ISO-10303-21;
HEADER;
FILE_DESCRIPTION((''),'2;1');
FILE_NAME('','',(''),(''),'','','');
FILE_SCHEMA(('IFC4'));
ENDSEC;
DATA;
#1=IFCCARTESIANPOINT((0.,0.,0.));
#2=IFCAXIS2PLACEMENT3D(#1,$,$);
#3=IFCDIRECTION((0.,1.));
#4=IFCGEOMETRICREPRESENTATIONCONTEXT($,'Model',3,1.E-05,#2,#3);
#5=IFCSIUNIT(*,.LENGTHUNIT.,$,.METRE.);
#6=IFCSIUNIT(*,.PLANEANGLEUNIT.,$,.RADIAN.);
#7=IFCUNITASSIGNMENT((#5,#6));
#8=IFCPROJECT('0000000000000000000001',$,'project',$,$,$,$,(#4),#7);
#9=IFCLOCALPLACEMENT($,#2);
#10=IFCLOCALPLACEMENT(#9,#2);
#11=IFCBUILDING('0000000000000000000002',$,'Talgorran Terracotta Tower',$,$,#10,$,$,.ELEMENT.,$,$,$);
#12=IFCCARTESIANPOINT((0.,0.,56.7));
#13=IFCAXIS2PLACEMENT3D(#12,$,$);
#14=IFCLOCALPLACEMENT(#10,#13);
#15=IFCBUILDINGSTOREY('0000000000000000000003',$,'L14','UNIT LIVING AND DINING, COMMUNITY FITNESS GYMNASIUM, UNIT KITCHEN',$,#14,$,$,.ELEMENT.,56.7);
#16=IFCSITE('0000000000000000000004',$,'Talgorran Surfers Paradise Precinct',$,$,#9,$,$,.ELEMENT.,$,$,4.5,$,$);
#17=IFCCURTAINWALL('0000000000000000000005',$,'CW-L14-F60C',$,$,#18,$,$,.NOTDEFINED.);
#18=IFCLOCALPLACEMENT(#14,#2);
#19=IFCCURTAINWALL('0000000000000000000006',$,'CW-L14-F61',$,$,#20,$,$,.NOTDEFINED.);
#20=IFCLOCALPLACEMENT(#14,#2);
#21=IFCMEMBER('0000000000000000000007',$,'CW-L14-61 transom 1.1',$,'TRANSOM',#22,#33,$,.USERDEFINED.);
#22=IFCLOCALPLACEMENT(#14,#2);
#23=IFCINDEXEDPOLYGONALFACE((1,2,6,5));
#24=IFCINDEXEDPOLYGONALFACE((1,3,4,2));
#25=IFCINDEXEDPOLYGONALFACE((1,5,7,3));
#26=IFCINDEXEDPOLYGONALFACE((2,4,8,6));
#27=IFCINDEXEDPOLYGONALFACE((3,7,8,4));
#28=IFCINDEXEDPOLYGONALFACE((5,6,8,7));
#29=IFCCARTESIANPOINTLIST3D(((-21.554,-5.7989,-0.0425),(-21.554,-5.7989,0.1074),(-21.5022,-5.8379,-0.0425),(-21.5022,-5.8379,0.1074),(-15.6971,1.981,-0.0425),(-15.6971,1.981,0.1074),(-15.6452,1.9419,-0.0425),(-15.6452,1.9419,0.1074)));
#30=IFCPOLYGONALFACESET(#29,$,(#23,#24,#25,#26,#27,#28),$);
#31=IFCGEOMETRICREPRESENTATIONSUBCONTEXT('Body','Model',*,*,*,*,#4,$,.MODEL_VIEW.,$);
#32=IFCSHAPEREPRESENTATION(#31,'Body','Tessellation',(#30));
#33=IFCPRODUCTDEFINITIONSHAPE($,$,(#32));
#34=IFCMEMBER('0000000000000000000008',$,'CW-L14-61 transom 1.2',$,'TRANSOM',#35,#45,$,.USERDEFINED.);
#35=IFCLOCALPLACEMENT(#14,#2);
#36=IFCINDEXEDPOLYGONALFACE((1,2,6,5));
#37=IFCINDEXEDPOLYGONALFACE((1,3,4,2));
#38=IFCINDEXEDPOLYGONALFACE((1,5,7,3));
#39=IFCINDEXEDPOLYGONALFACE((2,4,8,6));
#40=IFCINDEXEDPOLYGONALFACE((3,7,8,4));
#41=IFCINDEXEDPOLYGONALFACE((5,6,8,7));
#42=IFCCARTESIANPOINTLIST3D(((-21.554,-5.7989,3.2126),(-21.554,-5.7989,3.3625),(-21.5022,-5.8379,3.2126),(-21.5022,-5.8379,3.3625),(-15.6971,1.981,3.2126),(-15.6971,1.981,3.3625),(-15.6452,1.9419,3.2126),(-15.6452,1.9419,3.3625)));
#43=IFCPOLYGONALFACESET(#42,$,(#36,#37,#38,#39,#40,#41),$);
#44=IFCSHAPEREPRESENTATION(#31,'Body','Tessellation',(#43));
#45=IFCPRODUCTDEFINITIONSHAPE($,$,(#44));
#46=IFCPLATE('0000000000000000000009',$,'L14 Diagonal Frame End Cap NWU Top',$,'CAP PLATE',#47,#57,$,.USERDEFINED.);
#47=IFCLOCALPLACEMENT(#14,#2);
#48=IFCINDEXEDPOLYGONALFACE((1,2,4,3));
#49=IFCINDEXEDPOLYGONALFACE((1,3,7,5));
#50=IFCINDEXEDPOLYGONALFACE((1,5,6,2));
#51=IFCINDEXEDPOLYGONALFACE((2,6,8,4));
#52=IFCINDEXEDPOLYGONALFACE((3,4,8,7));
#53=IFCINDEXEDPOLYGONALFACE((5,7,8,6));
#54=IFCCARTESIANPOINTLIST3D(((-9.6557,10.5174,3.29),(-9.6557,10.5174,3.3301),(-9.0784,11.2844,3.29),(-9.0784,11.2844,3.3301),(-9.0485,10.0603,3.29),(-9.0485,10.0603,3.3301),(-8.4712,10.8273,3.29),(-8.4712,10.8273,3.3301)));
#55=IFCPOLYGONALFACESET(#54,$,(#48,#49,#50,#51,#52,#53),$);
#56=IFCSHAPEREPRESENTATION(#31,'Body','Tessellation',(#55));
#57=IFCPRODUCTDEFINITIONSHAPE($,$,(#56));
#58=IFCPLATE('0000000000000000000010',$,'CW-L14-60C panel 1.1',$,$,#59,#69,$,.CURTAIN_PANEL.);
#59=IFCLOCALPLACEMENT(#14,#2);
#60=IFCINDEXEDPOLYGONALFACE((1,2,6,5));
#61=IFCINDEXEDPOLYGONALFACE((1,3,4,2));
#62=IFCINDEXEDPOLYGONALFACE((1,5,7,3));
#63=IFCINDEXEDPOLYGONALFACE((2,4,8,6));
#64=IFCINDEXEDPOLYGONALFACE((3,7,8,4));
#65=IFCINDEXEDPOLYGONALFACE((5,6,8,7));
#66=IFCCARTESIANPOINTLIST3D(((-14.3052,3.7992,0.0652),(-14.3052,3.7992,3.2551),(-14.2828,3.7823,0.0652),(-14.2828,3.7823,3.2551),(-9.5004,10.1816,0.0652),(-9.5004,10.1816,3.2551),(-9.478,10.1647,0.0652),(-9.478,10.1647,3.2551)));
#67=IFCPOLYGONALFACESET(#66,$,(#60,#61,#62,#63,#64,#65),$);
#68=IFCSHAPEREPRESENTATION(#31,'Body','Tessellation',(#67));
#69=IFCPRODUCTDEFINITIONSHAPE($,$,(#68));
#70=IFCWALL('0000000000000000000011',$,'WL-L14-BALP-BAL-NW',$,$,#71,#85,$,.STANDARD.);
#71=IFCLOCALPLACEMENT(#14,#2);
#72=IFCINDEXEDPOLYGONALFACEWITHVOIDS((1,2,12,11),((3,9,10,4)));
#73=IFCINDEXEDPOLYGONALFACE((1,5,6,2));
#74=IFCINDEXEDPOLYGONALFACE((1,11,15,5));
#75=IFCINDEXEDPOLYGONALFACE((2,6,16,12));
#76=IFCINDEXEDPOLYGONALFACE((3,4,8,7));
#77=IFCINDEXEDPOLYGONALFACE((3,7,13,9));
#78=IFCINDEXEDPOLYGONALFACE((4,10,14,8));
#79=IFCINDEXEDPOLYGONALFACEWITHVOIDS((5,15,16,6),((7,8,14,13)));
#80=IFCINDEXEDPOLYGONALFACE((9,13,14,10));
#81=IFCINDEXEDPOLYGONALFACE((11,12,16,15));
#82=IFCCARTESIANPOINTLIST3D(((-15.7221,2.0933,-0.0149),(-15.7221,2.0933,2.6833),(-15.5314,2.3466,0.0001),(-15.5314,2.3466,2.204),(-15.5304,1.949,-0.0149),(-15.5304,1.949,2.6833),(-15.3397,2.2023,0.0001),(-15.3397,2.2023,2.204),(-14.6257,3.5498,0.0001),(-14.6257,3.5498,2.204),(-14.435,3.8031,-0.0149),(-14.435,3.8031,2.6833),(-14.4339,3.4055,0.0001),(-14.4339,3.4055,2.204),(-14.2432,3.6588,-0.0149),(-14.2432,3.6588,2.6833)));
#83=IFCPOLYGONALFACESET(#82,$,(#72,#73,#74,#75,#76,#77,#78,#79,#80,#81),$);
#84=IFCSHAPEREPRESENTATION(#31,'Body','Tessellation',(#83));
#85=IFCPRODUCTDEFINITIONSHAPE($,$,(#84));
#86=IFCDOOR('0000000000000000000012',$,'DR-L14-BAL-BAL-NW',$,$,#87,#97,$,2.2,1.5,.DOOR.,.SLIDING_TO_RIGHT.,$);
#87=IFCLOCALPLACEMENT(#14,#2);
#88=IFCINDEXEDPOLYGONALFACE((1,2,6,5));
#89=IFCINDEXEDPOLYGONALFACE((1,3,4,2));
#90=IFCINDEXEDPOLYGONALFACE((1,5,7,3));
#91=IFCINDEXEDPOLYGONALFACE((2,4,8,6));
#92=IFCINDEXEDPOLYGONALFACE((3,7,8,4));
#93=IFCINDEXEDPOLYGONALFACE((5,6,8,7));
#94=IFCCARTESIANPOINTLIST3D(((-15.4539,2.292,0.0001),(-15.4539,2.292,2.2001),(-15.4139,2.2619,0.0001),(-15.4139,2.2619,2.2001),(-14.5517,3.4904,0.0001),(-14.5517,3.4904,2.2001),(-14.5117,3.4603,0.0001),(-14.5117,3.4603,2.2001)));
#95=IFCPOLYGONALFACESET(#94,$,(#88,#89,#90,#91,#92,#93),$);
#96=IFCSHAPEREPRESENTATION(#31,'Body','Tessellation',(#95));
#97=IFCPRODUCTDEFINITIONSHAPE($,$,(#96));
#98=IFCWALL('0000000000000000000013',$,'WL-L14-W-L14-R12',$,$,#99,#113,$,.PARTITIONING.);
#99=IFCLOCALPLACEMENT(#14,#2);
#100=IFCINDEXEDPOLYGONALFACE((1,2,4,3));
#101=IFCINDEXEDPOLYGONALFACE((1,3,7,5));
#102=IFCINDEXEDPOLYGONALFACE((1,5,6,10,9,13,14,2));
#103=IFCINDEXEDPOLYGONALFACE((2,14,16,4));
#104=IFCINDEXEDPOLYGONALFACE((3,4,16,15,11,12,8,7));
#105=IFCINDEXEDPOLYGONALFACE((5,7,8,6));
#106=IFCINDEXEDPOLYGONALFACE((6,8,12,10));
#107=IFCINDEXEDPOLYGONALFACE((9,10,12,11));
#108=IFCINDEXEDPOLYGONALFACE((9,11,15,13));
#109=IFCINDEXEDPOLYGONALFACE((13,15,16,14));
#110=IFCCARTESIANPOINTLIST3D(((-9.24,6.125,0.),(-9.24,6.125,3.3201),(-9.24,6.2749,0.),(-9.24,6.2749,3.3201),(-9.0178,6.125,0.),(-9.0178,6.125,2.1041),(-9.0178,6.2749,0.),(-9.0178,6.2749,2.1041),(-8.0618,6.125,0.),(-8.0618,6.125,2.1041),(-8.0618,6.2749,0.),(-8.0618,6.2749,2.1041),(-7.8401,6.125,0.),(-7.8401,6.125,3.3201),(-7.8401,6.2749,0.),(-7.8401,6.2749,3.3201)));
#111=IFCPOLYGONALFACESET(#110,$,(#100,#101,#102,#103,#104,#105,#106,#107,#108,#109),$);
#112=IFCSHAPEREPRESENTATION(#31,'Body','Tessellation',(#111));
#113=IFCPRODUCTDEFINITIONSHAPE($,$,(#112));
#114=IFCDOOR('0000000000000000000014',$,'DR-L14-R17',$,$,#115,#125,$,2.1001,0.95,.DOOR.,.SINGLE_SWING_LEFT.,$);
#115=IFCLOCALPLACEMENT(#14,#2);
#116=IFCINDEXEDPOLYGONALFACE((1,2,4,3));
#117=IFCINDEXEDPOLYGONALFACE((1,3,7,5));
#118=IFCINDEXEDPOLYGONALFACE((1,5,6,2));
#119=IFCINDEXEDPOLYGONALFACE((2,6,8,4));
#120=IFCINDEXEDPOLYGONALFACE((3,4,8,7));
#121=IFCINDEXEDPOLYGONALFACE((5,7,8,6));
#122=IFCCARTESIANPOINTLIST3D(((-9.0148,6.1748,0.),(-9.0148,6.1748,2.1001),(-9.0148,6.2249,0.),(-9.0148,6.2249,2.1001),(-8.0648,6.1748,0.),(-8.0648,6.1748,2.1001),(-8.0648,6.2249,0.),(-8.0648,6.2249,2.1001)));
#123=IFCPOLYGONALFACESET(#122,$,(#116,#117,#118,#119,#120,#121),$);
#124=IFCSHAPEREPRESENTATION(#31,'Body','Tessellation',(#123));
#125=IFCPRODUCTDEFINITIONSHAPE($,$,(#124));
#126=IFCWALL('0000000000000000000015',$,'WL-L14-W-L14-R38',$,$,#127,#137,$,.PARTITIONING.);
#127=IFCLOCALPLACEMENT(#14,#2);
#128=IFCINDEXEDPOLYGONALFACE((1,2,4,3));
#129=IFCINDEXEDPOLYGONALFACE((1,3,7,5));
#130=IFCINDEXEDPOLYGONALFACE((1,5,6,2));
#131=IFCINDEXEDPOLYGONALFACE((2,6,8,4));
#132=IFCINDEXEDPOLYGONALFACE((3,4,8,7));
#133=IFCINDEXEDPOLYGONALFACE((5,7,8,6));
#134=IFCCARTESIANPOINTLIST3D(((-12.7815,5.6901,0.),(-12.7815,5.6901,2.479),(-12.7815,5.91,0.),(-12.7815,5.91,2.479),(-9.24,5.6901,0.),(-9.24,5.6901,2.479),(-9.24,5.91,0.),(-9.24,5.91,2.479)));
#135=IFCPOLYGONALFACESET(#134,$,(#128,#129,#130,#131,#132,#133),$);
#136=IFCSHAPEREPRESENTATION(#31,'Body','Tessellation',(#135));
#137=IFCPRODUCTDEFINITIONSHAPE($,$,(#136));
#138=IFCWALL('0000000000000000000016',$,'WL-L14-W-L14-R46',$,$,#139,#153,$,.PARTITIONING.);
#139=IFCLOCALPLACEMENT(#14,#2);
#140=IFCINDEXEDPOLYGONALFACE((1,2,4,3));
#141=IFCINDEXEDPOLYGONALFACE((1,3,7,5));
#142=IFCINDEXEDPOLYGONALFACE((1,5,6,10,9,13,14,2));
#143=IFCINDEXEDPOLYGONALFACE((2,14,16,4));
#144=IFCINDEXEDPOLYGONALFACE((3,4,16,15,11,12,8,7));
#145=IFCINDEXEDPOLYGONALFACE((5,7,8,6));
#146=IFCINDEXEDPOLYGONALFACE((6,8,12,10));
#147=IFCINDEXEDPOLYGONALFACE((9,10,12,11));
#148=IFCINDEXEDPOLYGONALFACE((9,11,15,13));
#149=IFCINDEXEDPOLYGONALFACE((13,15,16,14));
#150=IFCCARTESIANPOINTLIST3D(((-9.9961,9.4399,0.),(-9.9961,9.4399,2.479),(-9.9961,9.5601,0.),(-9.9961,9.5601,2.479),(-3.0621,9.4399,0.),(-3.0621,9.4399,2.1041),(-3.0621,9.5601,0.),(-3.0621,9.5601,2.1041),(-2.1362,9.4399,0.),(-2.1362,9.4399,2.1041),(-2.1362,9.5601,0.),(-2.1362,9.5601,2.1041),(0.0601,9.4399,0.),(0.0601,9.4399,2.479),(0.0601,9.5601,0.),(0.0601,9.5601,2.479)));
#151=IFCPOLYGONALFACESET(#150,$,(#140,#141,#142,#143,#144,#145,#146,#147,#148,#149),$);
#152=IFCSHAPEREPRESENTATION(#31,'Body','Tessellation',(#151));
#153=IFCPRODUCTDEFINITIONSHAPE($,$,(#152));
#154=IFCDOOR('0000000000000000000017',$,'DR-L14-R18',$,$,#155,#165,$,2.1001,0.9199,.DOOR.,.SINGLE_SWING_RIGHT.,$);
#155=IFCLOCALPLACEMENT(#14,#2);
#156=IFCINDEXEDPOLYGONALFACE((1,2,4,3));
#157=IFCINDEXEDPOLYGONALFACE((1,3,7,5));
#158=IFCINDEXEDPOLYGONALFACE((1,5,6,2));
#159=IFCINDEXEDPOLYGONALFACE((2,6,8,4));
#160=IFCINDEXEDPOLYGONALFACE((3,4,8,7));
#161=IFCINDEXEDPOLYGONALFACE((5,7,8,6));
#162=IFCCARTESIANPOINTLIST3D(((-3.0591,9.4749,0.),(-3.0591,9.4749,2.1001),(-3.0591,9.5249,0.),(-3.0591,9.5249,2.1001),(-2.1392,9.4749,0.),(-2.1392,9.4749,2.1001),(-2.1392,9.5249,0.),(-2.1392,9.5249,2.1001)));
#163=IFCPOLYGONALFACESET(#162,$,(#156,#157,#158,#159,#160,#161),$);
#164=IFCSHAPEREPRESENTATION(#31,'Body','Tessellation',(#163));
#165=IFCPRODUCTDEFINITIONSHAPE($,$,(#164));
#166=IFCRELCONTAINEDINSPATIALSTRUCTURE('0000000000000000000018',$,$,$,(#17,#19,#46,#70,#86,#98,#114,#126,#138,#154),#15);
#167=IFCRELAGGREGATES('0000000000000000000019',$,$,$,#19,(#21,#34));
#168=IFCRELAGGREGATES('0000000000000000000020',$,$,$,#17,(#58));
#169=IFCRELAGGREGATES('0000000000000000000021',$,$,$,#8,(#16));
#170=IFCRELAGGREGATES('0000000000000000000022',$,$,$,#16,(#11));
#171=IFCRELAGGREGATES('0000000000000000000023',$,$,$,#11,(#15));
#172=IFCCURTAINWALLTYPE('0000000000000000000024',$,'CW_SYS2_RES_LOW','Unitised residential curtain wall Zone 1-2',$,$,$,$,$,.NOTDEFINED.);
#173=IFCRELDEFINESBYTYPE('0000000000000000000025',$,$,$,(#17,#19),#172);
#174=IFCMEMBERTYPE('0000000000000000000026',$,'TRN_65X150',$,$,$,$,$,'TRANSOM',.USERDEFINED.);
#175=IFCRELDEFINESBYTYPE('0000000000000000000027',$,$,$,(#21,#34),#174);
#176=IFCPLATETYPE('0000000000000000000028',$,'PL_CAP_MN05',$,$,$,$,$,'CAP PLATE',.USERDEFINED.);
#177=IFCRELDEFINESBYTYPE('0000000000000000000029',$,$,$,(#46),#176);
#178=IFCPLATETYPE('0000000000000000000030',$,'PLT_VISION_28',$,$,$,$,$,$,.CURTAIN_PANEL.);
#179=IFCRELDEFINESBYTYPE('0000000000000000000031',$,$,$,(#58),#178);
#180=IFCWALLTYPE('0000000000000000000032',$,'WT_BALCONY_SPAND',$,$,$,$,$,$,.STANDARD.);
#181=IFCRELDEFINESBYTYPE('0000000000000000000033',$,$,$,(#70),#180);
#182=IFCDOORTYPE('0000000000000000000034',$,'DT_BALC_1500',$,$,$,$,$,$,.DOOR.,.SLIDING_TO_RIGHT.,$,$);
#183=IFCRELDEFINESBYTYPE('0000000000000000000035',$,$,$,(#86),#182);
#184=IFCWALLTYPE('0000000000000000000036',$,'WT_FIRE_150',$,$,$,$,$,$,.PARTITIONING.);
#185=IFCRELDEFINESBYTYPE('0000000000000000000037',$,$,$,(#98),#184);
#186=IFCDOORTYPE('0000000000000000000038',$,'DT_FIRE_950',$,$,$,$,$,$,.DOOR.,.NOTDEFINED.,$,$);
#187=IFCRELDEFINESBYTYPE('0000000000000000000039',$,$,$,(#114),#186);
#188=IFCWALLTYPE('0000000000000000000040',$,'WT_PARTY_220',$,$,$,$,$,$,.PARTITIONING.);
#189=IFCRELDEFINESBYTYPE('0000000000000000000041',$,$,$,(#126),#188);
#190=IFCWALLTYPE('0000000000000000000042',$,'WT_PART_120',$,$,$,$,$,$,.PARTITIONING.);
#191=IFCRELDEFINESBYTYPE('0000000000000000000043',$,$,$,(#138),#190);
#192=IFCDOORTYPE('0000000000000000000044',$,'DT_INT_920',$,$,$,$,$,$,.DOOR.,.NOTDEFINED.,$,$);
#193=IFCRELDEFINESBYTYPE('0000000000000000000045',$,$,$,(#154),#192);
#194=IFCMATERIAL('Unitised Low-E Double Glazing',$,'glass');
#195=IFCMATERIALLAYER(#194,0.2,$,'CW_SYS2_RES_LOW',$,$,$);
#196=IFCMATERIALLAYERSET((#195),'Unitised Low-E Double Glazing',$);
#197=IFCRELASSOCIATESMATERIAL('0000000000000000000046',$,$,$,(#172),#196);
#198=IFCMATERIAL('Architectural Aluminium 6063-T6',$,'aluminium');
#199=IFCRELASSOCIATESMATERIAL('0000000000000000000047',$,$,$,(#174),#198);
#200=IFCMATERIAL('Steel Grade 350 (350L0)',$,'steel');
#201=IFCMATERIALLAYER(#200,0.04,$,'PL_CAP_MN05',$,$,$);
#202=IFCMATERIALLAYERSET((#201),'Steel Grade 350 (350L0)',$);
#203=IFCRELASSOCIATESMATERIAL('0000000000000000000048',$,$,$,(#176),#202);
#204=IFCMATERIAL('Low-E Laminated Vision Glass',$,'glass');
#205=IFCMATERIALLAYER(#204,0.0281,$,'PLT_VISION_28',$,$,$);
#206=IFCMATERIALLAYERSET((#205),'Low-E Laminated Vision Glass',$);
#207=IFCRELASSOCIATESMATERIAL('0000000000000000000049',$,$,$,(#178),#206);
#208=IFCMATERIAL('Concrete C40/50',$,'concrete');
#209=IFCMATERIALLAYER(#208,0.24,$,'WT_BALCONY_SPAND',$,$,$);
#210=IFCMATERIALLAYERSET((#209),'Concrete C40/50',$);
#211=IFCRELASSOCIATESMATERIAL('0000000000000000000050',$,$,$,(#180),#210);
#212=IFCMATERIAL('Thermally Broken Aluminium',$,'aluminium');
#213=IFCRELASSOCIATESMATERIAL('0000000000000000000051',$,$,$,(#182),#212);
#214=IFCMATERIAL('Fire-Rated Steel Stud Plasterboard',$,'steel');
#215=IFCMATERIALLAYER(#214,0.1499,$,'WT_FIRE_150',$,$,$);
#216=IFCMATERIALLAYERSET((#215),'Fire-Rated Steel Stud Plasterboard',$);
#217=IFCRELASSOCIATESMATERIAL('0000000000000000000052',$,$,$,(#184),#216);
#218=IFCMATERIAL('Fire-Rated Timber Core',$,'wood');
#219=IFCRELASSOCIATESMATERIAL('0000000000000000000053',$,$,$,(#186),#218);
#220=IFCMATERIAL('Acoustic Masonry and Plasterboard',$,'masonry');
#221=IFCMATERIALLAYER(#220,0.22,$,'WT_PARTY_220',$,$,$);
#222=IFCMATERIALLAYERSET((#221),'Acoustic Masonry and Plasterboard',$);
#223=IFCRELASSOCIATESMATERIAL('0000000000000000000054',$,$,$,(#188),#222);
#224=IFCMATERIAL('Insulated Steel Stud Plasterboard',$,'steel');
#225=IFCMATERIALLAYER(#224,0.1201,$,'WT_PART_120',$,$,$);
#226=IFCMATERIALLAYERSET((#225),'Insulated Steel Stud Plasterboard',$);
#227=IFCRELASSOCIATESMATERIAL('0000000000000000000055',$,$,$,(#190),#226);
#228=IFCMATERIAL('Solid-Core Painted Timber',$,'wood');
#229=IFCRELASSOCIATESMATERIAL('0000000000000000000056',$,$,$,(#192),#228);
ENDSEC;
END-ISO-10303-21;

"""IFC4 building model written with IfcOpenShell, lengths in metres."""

from ifc_helpers import new_model, si_unit, direction, frame, frame_2d, origin, origin_2d, place, context, subcontext, project, spatial, rectangle, extrude, source, transform, mapped, material, layer, layer_set, material_profile, profile_set, type_object, type_shapes, element, fill, aggregate, save


model = new_model("IFC4")

# Units and contexts
model_context = context("Model", 3, precision=1e-05, world=origin(), true_north=direction((0.0, 1.0)))
body_context = subcontext(model_context, "Body", "Model", "MODEL_VIEW")
ifc_project = project(units=[si_unit("LENGTHUNIT", "METRE"), si_unit("PLANEANGLEUNIT", "RADIAN")], contexts=[model_context])

# Site, building, storey
site_placement = place(None, origin())
site = spatial("IfcSite", under=ifc_project, at=site_placement, Name="Talgorran Surfers Paradise Precinct", CompositionType="ELEMENT", RefElevation=4.5)
building_placement = place(site_placement, origin())
building = spatial("IfcBuilding", under=site, at=building_placement, Name="Talgorran Terracotta Tower", CompositionType="ELEMENT")
storey_placement = place(building_placement, frame((0.0, 0.0, 56.7)))
storey = spatial("IfcBuildingStorey", under=building, at=storey_placement, Name="L14", Description="UNIT LIVING AND DINING, COMMUNITY FITNESS GYMNASIUM, UNIT KITCHEN", CompositionType="ELEMENT", Elevation=56.7)

# Shared definitions
ifc_material_1 = material(Name="Steel Grade 350 (350L0)", Category="steel")

# Shared definitions
ifc_material_2 = material(Name="Unitised Low-E Double Glazing", Category="glass")
ifc_layer_1 = layer(ifc_material_2, 0.2, Name="CW_SYS2_RES_LOW")
ifc_layer_set_1 = layer_set([ifc_layer_1], Name="Unitised Low-E Double Glazing")
curtain_wall_type = type_object("IfcCurtainWallType", Name="CW_SYS2_RES_LOW", Description="Unitised residential curtain wall Zone 1-2", PredefinedType="NOTDEFINED", material=ifc_layer_set_1)
ifc_material_3 = material(Name="Architectural Aluminium 6063-T6", Category="aluminium")

# Curtain wall
curtain_wall_1_placement = place(storey_placement, origin())
curtain_wall_1 = element("IfcCurtainWall", 1, at=curtain_wall_1_placement, inside=storey, type_object=curtain_wall_type, Name="CW-L14-F60C", PredefinedType="NOTDEFINED")

# Curtain wall
curtain_wall_2_placement = place(storey_placement, origin())
curtain_wall_2 = element("IfcCurtainWall", 2, at=curtain_wall_2_placement, inside=storey, type_object=curtain_wall_type, Name="CW-L14-F61", PredefinedType="NOTDEFINED")

# Members
ifc_material_profile_1 = material_profile(ifc_material_3, rectangle(XDim=0.0649, YDim=0.1499, at=origin_2d()), Name="CWT65X150")
ifc_profile_set_1 = profile_set([ifc_material_profile_1], Name="Architectural Aluminium 6063-T6")
member_type_1 = type_object("IfcMemberType", Name="TRN_65X150", ElementType="TRANSOM", PredefinedType="USERDEFINED", material=ifc_profile_set_1)
member_1_placement = place(storey_placement, frame((-15.6711, 1.9614, 0.0325), z_axis=(-0.601451, -0.79891, 0.0), x_axis=(0.79891, -0.601451, 0.0)))
member_1 = element("IfcMember", 3, at=member_1_placement, type_object=member_type_1, Name="CW-L14-61 transom 1.1", ObjectType="TRANSOM", PredefinedType="USERDEFINED", context=body_context, shape_type="SweptSolid", body=[
    extrude(rectangle(XDim=0.0649, YDim=0.1499, at=origin_2d()), origin(), (0.0, 0.0, 1.0), 9.738),
])
member_2_placement = place(storey_placement, frame((-15.6711, 1.9614, 3.2876), z_axis=(-0.601451, -0.79891, 0.0), x_axis=(0.79891, -0.601451, 0.0)))
member_2 = element("IfcMember", 4, at=member_2_placement, type_object=member_type_1, Name="CW-L14-61 transom 1.2", ObjectType="TRANSOM", PredefinedType="USERDEFINED", context=body_context, shape_type="SweptSolid", body=[
    extrude(rectangle(XDim=0.0649, YDim=0.1499, at=origin_2d()), origin(), (0.0, 0.0, 1.0), 9.738),
])
aggregate(curtain_wall_2, [member_1, member_2])

# Plates
ifc_layer_2 = layer(ifc_material_1, 0.04, Name="PL_CAP_MN05")
ifc_layer_set_2 = layer_set([ifc_layer_2], Name="Steel Grade 350 (350L0)")
plate_type_1 = type_object("IfcPlateType", Name="PL_CAP_MN05", ElementType="CAP PLATE", PredefinedType="USERDEFINED", material=ifc_layer_set_2)
plate_1_placement = place(storey_placement, frame((-9.0635, 10.6724, 3.29), z_axis=(0.0, 0.0, 1.0), x_axis=(-0.601397, -0.798951, 0.0)))
element("IfcPlate", 5, at=plate_1_placement, inside=storey, type_object=plate_type_1, Name="L14 Diagonal Frame End Cap NWU Top", ObjectType="CAP PLATE", PredefinedType="USERDEFINED", context=body_context, shape_type="SweptSolid", body=[
    extrude(rectangle(XDim=0.96, YDim=0.76, at=origin_2d()), origin(), (0.0, 0.0, 1.0), 0.04),
])
ifc_material_4 = material(Name="Low-E Laminated Vision Glass", Category="glass")
ifc_layer_3 = layer(ifc_material_4, 0.0281, Name="PLT_VISION_28")
ifc_layer_set_3 = layer_set([ifc_layer_3], Name="Low-E Laminated Vision Glass")
plate_type_2 = type_object("IfcPlateType", Name="PLT_VISION_28", PredefinedType="CURTAIN_PANEL", material=ifc_layer_set_3)
shared_shape = source(origin(), body_context, "Body", "SweptSolid", [
    extrude(rectangle(XDim=7.9888, YDim=0.0281, at=origin_2d()), origin(), (0.0, 0.0, 1.0), 3.1899),
])
type_shapes(plate_type_2, [shared_shape])
plate_2_placement = place(storey_placement, frame((-11.8916, 6.9819, 0.0652), z_axis=(0.0, 0.0, 1.0), x_axis=(-0.60144, -0.798918, 0.0)))
plate_2 = element("IfcPlate", 6, at=plate_2_placement, type_object=plate_type_2, Name="CW-L14-60C panel 1.1", PredefinedType="CURTAIN_PANEL", context=body_context, shape_type="MappedRepresentation", body=[
    mapped(shared_shape, transform((0.0, 0.0, 0.0), scale=1.0)),
])
aggregate(curtain_wall_1, [plate_2])

# Walls, openings, doors
ifc_material_5 = material(Name="Concrete C40/50", Category="concrete")
ifc_layer_4 = layer(ifc_material_5, 0.24, Name="WT_BALCONY_SPAND")
ifc_layer_set_4 = layer_set([ifc_layer_4], Name="Concrete C40/50")
wall_type_1 = type_object("IfcWallType", Name="WT_BALCONY_SPAND", PredefinedType="STANDARD", material=ifc_layer_set_4)
wall_1_placement = place(storey_placement, frame((-14.3391, 3.731, -0.0149), z_axis=(0.0, 0.0, 1.0), x_axis=(-0.601441, -0.798917, 0.0)))
wall_1 = element("IfcWall", 7, at=wall_1_placement, inside=storey, type_object=wall_type_1, Name="WL-L14-BALP-BAL-NW", PredefinedType="STANDARD", context=body_context, shape_type="SweptSolid", body=[
    extrude(rectangle(XDim=2.1401, YDim=0.24, at=frame_2d((1.0701, 0.0))), origin(), (0.0, 0.0, 1.0), 2.6982),
])
opening_1_placement = place(wall_1_placement, frame((0.3201, 0.0, 0.0149)))
opening_1 = element("IfcOpeningElement", 8, at=opening_1_placement, cuts=wall_1, PredefinedType="OPENING", context=body_context, shape_type="SweptSolid", body=[
    extrude(rectangle(XDim=1.506, YDim=2.204, at=frame_2d((0.75, 1.1021))), frame((0.0, 0.1299, 0.0), z_axis=(0.0, -1.0, 0.0), x_axis=(1.0, 0.0, 0.0)), (0.0, 0.0, 1.0), 0.26),
])
ifc_material_6 = material(Name="Thermally Broken Aluminium", Category="aluminium")
door_type_1 = type_object("IfcDoorType", Name="DT_BALC_1500", OperationType="SLIDING_TO_RIGHT", PredefinedType="DOOR", material=ifc_material_6)
door_1_placement = place(opening_1_placement, origin())
door_1 = element("IfcDoor", 9, at=door_1_placement, inside=storey, type_object=door_type_1, Name="DR-L14-BAL-BAL-NW", OperationType="SLIDING_TO_RIGHT", OverallHeight=2.2, OverallWidth=1.5, PredefinedType="DOOR", context=body_context, shape_type="SweptSolid", body=[
    extrude(rectangle(XDim=1.5, YDim=2.2, at=frame_2d((0.75, 1.1001))), frame((0.0, 0.0249, 0.0), z_axis=(0.0, -1.0, 0.0), x_axis=(1.0, 0.0, 0.0)), (0.0, 0.0, 1.0), 0.05),
])
fill(opening_1, door_1)
ifc_material_7 = material(Name="Fire-Rated Steel Stud Plasterboard", Category="steel")
ifc_layer_5 = layer(ifc_material_7, 0.1499, Name="WT_FIRE_150")
ifc_layer_set_5 = layer_set([ifc_layer_5], Name="Fire-Rated Steel Stud Plasterboard")
wall_type_2 = type_object("IfcWallType", Name="WT_FIRE_150", PredefinedType="PARTITIONING", material=ifc_layer_set_5)
wall_2_placement = place(storey_placement, frame((-9.24, 6.2, 0.0), z_axis=(0.0, 0.0, 1.0), x_axis=(1.0, 0.0, 0.0)))
wall_2 = element("IfcWall", 10, at=wall_2_placement, inside=storey, type_object=wall_type_2, Name="WL-L14-W-L14-R12", PredefinedType="PARTITIONING", context=body_context, shape_type="SweptSolid", body=[
    extrude(rectangle(XDim=1.3999, YDim=0.1499, at=frame_2d((0.7, 0.0))), origin(), (0.0, 0.0, 1.0), 3.3201),
])
opening_2_placement = place(wall_2_placement, frame((0.2251, 0.0, 0.0)))
opening_2 = element("IfcOpeningElement", 11, at=opening_2_placement, cuts=wall_2, PredefinedType="OPENING", context=body_context, shape_type="SweptSolid", body=[
    extrude(rectangle(XDim=0.956, YDim=2.1041, at=frame_2d((0.4751, 1.052))), frame((0.0, 0.085, 0.0), z_axis=(0.0, -1.0, 0.0), x_axis=(1.0, 0.0, 0.0)), (0.0, 0.0, 1.0), 0.1699),
])
ifc_material_8 = material(Name="Fire-Rated Timber Core", Category="wood")
door_type_2 = type_object("IfcDoorType", Name="DT_FIRE_950", OperationType="NOTDEFINED", PredefinedType="DOOR", material=ifc_material_8)
door_2_placement = place(opening_2_placement, origin())
door_2 = element("IfcDoor", 12, at=door_2_placement, inside=storey, type_object=door_type_2, Name="DR-L14-R17", OperationType="SINGLE_SWING_LEFT", OverallHeight=2.1001, OverallWidth=0.95, PredefinedType="DOOR", context=body_context, shape_type="SweptSolid", body=[
    extrude(rectangle(XDim=0.95, YDim=2.1001, at=frame_2d((0.4751, 1.05))), frame((0.0, 0.0249, 0.0), z_axis=(0.0, -1.0, 0.0), x_axis=(1.0, 0.0, 0.0)), (0.0, 0.0, 1.0), 0.05),
])
fill(opening_2, door_2)

# Wall
ifc_material_9 = material(Name="Acoustic Masonry and Plasterboard", Category="masonry")
ifc_layer_6 = layer(ifc_material_9, 0.22, Name="WT_PARTY_220")
ifc_layer_set_6 = layer_set([ifc_layer_6], Name="Acoustic Masonry and Plasterboard")
wall_type_3 = type_object("IfcWallType", Name="WT_PARTY_220", PredefinedType="PARTITIONING", material=ifc_layer_set_6)
wall_3_placement = place(storey_placement, frame((-12.7815, 5.8, 0.0), z_axis=(0.0, 0.0, 1.0), x_axis=(1.0, 0.0, 0.0)))
element("IfcWall", 13, at=wall_3_placement, inside=storey, type_object=wall_type_3, Name="WL-L14-W-L14-R38", PredefinedType="PARTITIONING", context=body_context, shape_type="SweptSolid", body=[
    extrude(rectangle(XDim=3.5415, YDim=0.22, at=frame_2d((1.7708, 0.0))), origin(), (0.0, 0.0, 1.0), 2.479),
])

# Wall, opening, door
ifc_material_10 = material(Name="Insulated Steel Stud Plasterboard", Category="steel")
ifc_layer_7 = layer(ifc_material_10, 0.1201, Name="WT_PART_120")
ifc_layer_set_7 = layer_set([ifc_layer_7], Name="Insulated Steel Stud Plasterboard")
wall_type_4 = type_object("IfcWallType", Name="WT_PART_120", PredefinedType="PARTITIONING", material=ifc_layer_set_7)
wall_4_placement = place(storey_placement, frame((-9.9961, 9.5, 0.0), z_axis=(0.0, 0.0, 1.0), x_axis=(1.0, 0.0, 0.0)))
wall_4 = element("IfcWall", 14, at=wall_4_placement, inside=storey, type_object=wall_type_4, Name="WL-L14-W-L14-R46", PredefinedType="PARTITIONING", context=body_context, shape_type="SweptSolid", body=[
    extrude(rectangle(XDim=10.0562, YDim=0.1201, at=frame_2d((5.0281, 0.0))), origin(), (0.0, 0.0, 1.0), 2.479),
])
opening_3_placement = place(wall_4_placement, frame((6.937, 0.0, 0.0)))
opening_3 = element("IfcOpeningElement", 15, at=opening_3_placement, cuts=wall_4, PredefinedType="OPENING", context=body_context, shape_type="SweptSolid", body=[
    extrude(rectangle(XDim=0.9259, YDim=2.1041, at=frame_2d((0.46, 1.052))), frame((0.0, 0.0701, 0.0), z_axis=(0.0, -1.0, 0.0), x_axis=(1.0, 0.0, 0.0)), (0.0, 0.0, 1.0), 0.1401),
])
ifc_material_11 = material(Name="Solid-Core Painted Timber", Category="wood")
door_type_3 = type_object("IfcDoorType", Name="DT_INT_920", OperationType="NOTDEFINED", PredefinedType="DOOR", material=ifc_material_11)
door_3_placement = place(opening_3_placement, origin())
door_3 = element("IfcDoor", 16, at=door_3_placement, inside=storey, type_object=door_type_3, Name="DR-L14-R18", OperationType="SINGLE_SWING_RIGHT", OverallHeight=2.1001, OverallWidth=0.9199, PredefinedType="DOOR", context=body_context, shape_type="SweptSolid", body=[
    extrude(rectangle(XDim=0.9199, YDim=2.1001, at=frame_2d((0.46, 1.05))), frame((0.0, 0.0249, 0.0), z_axis=(0.0, -1.0, 0.0), x_axis=(1.0, 0.0, 0.0)), (0.0, 0.0, 1.0), 0.05),
])
fill(opening_3, door_3)

save(model, "model.ifc")
